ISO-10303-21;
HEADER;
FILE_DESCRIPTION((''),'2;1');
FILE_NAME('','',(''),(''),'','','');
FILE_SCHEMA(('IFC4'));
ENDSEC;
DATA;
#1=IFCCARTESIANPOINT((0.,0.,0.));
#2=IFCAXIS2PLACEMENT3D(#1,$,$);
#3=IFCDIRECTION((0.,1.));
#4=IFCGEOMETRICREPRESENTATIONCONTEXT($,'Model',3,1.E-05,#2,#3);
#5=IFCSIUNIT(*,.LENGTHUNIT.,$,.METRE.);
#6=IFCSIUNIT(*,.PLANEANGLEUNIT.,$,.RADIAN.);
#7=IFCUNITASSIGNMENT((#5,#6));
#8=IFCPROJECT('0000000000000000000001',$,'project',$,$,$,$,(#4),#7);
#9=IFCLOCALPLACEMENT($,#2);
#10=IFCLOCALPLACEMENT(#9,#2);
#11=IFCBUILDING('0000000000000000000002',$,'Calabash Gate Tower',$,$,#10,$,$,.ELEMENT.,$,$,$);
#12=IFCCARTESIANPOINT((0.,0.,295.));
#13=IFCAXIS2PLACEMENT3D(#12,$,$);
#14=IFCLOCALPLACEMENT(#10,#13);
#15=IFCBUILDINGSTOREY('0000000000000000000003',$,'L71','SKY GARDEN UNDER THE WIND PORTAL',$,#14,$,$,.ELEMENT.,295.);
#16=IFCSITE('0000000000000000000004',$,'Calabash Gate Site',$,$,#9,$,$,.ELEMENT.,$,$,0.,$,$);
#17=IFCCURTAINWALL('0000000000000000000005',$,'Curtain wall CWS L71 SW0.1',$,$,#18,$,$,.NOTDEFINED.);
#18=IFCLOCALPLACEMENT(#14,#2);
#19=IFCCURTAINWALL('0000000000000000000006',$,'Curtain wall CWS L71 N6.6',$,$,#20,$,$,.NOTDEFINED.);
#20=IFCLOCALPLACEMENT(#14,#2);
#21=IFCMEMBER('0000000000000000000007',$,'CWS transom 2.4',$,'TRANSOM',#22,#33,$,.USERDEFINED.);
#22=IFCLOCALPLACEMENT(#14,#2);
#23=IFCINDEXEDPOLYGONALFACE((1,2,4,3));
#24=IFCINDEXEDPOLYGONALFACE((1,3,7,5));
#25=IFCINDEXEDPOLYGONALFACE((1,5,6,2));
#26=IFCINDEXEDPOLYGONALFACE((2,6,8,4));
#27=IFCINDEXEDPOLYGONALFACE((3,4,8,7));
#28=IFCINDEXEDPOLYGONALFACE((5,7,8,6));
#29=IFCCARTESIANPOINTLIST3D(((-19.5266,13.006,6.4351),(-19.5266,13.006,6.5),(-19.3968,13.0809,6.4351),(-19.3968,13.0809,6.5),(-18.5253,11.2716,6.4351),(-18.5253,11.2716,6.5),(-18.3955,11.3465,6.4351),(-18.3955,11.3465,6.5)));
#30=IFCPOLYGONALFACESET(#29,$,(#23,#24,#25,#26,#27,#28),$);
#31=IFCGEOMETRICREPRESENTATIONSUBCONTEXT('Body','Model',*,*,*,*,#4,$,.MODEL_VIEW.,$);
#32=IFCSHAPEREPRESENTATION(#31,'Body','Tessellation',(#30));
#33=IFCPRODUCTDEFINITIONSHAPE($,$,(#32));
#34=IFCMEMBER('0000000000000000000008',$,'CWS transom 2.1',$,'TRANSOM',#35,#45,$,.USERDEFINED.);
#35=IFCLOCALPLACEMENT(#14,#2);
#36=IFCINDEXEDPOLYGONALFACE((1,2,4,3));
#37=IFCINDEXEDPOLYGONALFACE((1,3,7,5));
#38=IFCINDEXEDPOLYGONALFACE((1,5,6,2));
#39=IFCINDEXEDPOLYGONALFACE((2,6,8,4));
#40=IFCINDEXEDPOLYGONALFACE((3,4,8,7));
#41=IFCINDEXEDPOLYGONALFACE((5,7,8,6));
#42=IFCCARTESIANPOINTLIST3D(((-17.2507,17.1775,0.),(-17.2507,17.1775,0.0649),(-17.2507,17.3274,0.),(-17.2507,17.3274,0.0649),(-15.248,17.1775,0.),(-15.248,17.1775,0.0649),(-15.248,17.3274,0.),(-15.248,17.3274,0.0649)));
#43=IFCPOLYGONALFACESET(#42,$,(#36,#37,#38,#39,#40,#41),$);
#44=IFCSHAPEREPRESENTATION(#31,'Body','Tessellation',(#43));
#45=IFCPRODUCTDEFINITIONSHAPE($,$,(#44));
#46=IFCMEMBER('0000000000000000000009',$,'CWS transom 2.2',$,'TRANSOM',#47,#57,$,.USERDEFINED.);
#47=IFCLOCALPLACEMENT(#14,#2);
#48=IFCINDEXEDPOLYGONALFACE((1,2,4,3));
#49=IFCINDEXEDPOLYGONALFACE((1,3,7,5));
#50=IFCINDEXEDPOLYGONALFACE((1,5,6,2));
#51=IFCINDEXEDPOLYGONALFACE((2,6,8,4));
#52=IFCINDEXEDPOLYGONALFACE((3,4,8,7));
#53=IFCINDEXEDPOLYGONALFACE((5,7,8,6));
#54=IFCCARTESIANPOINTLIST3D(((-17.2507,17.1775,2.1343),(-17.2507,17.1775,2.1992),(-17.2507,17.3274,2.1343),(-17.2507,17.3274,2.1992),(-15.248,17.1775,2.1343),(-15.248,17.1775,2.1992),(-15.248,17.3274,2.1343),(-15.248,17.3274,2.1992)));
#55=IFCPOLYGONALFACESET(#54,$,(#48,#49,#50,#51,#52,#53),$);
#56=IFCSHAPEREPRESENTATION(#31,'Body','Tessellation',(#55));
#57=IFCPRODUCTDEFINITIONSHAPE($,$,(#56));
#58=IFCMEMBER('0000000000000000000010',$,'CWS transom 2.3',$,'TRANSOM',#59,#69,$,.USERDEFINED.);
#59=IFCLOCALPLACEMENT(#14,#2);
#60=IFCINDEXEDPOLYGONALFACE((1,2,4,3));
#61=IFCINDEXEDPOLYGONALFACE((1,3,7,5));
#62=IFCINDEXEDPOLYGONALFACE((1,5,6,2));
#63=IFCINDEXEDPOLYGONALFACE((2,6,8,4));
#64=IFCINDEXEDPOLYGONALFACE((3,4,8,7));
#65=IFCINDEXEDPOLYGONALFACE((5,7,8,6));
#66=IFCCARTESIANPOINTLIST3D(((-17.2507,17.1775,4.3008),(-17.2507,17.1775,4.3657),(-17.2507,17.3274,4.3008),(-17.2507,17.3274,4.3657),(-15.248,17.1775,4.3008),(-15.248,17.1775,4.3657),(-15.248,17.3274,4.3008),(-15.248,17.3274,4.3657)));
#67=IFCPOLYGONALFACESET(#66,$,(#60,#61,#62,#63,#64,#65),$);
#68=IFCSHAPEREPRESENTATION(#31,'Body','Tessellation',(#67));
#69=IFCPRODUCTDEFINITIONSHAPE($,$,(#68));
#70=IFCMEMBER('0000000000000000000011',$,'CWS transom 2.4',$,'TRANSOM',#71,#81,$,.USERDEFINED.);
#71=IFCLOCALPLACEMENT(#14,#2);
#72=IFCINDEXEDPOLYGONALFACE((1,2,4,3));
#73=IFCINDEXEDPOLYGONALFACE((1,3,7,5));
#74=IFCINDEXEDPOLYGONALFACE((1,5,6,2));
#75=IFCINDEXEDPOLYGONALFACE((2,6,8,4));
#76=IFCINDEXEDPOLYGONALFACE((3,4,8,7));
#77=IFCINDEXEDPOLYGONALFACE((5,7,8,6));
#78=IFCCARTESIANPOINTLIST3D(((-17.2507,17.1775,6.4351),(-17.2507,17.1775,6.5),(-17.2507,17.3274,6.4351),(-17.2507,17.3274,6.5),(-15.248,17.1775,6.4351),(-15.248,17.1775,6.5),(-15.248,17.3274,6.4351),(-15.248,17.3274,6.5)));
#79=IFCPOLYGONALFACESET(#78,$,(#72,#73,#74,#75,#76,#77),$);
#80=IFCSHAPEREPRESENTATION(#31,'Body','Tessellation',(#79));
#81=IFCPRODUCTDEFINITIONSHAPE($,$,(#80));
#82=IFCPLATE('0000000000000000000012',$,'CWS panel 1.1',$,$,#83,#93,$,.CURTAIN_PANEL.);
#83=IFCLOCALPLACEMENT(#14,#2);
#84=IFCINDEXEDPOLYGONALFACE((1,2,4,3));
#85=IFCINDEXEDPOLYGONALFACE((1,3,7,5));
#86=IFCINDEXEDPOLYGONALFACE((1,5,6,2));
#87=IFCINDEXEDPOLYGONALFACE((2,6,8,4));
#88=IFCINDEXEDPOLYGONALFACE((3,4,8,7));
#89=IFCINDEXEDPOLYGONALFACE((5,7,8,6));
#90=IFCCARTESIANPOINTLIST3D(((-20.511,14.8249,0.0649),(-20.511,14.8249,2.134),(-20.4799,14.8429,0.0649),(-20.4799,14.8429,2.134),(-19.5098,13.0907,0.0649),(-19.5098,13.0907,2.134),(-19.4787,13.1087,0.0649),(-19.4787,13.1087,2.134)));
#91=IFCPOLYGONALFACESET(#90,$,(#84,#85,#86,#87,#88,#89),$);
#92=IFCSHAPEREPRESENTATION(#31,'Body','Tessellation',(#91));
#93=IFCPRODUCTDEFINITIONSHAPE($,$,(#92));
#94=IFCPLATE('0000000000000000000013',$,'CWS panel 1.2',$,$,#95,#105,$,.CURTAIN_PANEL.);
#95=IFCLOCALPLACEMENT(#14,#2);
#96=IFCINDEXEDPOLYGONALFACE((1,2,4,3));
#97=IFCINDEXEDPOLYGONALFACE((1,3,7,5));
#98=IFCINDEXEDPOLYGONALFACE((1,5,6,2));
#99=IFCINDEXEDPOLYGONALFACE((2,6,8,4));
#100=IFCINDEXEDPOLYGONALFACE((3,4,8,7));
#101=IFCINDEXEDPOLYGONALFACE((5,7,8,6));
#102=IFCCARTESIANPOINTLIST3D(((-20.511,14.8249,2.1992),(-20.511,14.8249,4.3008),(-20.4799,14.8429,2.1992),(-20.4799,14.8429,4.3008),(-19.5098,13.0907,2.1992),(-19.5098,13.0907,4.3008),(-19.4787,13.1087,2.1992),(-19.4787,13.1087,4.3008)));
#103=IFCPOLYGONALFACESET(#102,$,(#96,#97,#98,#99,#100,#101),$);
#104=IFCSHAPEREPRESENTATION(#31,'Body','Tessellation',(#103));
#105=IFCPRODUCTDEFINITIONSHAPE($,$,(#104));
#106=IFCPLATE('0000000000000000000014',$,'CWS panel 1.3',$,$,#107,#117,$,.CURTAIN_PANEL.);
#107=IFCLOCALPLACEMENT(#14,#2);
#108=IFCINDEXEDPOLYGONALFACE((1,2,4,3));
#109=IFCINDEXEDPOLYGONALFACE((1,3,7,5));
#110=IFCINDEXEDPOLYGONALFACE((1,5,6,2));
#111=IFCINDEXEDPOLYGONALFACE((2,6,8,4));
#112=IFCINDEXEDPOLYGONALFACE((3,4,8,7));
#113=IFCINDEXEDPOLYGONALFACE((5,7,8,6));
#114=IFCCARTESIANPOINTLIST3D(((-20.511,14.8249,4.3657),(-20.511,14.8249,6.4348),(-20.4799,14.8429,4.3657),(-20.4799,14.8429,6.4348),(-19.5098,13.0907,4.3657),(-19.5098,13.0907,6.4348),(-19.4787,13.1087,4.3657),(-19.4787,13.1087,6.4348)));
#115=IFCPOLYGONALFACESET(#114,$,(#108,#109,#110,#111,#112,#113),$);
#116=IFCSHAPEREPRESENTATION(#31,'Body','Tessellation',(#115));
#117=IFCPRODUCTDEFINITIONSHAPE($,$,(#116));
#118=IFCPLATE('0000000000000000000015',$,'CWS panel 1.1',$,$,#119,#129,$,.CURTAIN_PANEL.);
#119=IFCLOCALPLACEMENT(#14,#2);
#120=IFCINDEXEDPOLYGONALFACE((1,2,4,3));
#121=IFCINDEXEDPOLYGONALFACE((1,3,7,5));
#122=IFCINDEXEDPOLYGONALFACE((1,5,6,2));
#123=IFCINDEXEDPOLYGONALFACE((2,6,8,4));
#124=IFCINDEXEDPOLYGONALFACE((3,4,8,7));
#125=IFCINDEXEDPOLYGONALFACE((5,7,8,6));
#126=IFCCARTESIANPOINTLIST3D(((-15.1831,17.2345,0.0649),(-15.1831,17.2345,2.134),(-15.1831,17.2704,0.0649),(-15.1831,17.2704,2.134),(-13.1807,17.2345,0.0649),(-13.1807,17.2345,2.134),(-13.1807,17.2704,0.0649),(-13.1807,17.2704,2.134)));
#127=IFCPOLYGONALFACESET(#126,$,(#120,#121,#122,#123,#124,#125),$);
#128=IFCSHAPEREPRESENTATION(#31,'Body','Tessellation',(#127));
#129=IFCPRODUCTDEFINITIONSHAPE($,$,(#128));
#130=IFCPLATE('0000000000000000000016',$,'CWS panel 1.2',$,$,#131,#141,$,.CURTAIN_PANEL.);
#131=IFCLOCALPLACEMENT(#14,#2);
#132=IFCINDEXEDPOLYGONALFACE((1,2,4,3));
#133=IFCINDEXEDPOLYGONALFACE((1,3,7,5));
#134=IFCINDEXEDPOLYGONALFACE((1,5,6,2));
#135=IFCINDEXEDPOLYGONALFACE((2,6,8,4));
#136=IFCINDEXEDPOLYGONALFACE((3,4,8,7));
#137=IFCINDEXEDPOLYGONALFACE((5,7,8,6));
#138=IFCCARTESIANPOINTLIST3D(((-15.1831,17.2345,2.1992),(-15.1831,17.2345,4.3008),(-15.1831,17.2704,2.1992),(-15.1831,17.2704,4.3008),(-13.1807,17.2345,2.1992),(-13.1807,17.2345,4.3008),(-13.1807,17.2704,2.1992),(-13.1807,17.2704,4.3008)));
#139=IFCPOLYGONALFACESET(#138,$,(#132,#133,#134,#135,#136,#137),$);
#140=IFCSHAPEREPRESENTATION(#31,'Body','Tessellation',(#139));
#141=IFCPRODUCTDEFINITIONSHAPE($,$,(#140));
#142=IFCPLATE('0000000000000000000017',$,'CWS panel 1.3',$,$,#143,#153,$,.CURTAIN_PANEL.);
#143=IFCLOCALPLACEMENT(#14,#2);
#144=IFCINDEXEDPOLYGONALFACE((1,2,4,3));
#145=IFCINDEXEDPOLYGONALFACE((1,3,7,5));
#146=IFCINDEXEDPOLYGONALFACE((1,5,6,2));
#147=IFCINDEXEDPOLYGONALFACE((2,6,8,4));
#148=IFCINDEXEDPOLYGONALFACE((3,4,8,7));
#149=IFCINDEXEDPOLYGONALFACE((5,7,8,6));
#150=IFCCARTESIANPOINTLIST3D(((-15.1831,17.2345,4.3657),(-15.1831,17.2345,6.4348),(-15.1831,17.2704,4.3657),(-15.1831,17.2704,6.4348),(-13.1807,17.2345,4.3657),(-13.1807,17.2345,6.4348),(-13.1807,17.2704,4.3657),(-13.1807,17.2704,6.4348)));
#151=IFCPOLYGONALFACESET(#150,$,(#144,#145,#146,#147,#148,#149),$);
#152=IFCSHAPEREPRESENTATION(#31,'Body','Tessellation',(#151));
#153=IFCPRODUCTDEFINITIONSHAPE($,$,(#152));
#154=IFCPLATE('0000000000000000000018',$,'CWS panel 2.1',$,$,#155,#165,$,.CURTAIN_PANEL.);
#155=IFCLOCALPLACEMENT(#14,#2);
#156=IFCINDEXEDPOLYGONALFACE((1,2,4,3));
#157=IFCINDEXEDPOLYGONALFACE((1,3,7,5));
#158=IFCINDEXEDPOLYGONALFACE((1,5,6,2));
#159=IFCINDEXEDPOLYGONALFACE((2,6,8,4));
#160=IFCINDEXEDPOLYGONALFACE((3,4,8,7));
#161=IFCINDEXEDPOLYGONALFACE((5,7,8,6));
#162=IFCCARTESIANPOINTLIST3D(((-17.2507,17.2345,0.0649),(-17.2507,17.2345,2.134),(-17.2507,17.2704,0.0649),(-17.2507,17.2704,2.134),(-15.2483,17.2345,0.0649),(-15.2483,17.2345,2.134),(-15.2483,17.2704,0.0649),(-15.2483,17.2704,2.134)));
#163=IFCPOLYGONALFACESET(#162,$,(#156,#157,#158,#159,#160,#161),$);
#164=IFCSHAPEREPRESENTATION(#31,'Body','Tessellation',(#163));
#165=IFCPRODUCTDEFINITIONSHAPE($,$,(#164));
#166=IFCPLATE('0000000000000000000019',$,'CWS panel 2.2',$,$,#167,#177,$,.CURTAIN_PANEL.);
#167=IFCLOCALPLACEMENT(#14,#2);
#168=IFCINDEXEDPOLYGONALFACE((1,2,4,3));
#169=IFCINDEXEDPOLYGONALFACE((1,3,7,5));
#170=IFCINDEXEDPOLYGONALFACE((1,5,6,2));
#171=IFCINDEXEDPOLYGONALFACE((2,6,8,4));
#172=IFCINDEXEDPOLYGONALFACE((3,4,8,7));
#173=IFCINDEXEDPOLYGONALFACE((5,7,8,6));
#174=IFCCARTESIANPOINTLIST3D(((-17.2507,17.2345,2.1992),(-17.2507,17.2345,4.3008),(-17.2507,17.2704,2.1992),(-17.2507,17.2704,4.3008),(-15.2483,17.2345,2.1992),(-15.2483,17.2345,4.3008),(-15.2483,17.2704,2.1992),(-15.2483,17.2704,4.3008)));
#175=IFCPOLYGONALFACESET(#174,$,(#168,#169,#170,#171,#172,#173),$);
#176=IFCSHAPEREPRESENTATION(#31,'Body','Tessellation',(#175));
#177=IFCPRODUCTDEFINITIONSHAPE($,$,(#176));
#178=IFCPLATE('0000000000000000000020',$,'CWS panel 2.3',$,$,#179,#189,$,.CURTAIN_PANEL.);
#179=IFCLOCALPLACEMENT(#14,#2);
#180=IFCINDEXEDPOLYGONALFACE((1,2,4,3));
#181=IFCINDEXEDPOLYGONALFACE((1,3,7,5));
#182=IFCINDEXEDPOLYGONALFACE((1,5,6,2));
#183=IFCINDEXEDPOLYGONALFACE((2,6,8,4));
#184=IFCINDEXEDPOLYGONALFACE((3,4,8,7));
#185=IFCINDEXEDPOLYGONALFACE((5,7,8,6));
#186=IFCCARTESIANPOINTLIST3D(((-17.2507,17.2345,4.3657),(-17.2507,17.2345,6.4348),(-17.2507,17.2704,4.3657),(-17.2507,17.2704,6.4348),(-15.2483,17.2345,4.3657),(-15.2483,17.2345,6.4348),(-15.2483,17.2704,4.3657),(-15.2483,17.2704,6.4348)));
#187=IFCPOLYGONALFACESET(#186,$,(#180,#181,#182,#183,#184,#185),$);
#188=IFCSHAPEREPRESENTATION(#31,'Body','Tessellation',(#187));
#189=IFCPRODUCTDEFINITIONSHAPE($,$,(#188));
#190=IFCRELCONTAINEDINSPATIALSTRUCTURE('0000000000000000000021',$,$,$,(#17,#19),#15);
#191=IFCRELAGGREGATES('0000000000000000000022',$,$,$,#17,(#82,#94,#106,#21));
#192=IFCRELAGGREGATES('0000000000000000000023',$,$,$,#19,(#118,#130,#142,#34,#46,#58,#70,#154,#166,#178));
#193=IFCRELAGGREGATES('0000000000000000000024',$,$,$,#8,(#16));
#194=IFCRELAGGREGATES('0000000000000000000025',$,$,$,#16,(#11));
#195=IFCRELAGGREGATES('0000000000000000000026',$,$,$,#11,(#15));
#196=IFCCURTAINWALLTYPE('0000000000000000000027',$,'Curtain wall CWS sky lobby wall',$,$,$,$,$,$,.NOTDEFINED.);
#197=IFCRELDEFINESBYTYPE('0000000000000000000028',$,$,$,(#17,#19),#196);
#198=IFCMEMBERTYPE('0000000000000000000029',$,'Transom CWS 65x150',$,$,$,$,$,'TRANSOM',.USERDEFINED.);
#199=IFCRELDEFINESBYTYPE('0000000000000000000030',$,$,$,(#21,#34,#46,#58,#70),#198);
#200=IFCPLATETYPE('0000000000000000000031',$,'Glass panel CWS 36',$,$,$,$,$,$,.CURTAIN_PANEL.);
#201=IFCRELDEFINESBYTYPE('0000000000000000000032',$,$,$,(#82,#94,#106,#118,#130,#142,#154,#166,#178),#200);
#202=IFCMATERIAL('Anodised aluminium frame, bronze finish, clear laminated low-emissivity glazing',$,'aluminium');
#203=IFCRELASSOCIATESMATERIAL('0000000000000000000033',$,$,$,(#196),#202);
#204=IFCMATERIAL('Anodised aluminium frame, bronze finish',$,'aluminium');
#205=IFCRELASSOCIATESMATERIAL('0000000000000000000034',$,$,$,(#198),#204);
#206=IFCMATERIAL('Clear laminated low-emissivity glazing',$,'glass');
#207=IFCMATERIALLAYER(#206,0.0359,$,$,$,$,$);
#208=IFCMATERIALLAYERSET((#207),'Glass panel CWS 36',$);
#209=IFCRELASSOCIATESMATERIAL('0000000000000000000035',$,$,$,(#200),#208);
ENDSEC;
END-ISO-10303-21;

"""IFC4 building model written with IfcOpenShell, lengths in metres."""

from ifc_helpers import new_model, si_unit, direction, frame, origin, origin_2d, place, context, subcontext, project, spatial, rectangle, extrude, material, layer, layer_set, material_profile, profile_set, type_object, element, aggregate, save


model = new_model("IFC4")

# Units and contexts
model_context = context("Model", 3, precision=1e-05, world=origin(), true_north=direction((0.0, 1.0)))
body_context = subcontext(model_context, "Body", "Model", "MODEL_VIEW")
ifc_project = project(units=[si_unit("LENGTHUNIT", "METRE"), si_unit("PLANEANGLEUNIT", "RADIAN")], contexts=[model_context])

# Site, building, storey
site_placement = place(None, origin())
site = spatial("IfcSite", under=ifc_project, at=site_placement, Name="Calabash Gate Site", CompositionType="ELEMENT", RefElevation=0.0)
building_placement = place(site_placement, origin())
building = spatial("IfcBuilding", under=site, at=building_placement, Name="Calabash Gate Tower", CompositionType="ELEMENT")
storey_placement = place(building_placement, frame((0.0, 0.0, 295.0)))
storey = spatial("IfcBuildingStorey", under=building, at=storey_placement, Name="L71", Description="SKY GARDEN UNDER THE WIND PORTAL", CompositionType="ELEMENT", Elevation=295.0)

# Curtain walls
ifc_material_1 = material(Name="Anodised aluminium frame, bronze finish, clear laminated low-emissivity glazing", Category="aluminium")
curtain_wall_type = type_object("IfcCurtainWallType", Name="Curtain wall CWS sky lobby wall", PredefinedType="NOTDEFINED", material=ifc_material_1)
curtain_wall_1_placement = place(storey_placement, origin())
curtain_wall_1 = element("IfcCurtainWall", 1, at=curtain_wall_1_placement, inside=storey, type_object=curtain_wall_type, Name="Curtain wall CWS L71 SW0.1", PredefinedType="NOTDEFINED")
curtain_wall_2_placement = place(storey_placement, origin())
curtain_wall_2 = element("IfcCurtainWall", 2, at=curtain_wall_2_placement, inside=storey, type_object=curtain_wall_type, Name="Curtain wall CWS L71 N6.6", PredefinedType="NOTDEFINED")

# Members
ifc_material_2 = material(Name="Anodised aluminium frame, bronze finish", Category="aluminium")
ifc_material_profile_1 = material_profile(ifc_material_2, rectangle(XDim=0.1499, YDim=0.0649, at=origin_2d()))
ifc_profile_set_1 = profile_set([ifc_material_profile_1], Name="Anodised aluminium frame, bronze finish")
member_type_1 = type_object("IfcMemberType", Name="Transom CWS 65x150", ElementType="TRANSOM", PredefinedType="USERDEFINED", material=ifc_profile_set_1)
member_1_placement = place(storey_placement, frame((-19.4617, 13.0435, 6.4675), z_axis=(0.499955, -0.866052, 0.0), x_axis=(0.866052, 0.499955, 0.0)))
member_1 = element("IfcMember", 3, at=member_1_placement, type_object=member_type_1, Name="CWS transom 2.4", ObjectType="TRANSOM", PredefinedType="USERDEFINED", context=body_context, shape_type="SweptSolid", body=[
    extrude(rectangle(XDim=0.1499, YDim=0.0649, at=origin_2d()), origin(), (0.0, 0.0, 1.0), 2.0027),
])
member_2_placement = place(storey_placement, frame((-15.248, 17.2524, 0.0325), z_axis=(-1.0, 0.0, 0.0), x_axis=(0.0, -1.0, 0.0)))
member_2 = element("IfcMember", 4, at=member_2_placement, type_object=member_type_1, Name="CWS transom 2.1", ObjectType="TRANSOM", PredefinedType="USERDEFINED", context=body_context, shape_type="SweptSolid", body=[
    extrude(rectangle(XDim=0.1499, YDim=0.0649, at=origin_2d()), origin(), (0.0, 0.0, 1.0), 2.0027),
])
member_3_placement = place(storey_placement, frame((-15.248, 17.2524, 2.1667), z_axis=(-1.0, 0.0, 0.0), x_axis=(0.0, -1.0, 0.0)))
member_3 = element("IfcMember", 5, at=member_3_placement, type_object=member_type_1, Name="CWS transom 2.2", ObjectType="TRANSOM", PredefinedType="USERDEFINED", context=body_context, shape_type="SweptSolid", body=[
    extrude(rectangle(XDim=0.1499, YDim=0.0649, at=origin_2d()), origin(), (0.0, 0.0, 1.0), 2.0027),
])
member_4_placement = place(storey_placement, frame((-15.248, 17.2524, 4.3333), z_axis=(-1.0, 0.0, 0.0), x_axis=(0.0, -1.0, 0.0)))
member_4 = element("IfcMember", 6, at=member_4_placement, type_object=member_type_1, Name="CWS transom 2.3", ObjectType="TRANSOM", PredefinedType="USERDEFINED", context=body_context, shape_type="SweptSolid", body=[
    extrude(rectangle(XDim=0.1499, YDim=0.0649, at=origin_2d()), origin(), (0.0, 0.0, 1.0), 2.0027),
])
member_5_placement = place(storey_placement, frame((-15.248, 17.2524, 6.4675), z_axis=(-1.0, 0.0, 0.0), x_axis=(0.0, -1.0, 0.0)))
member_5 = element("IfcMember", 7, at=member_5_placement, type_object=member_type_1, Name="CWS transom 2.4", ObjectType="TRANSOM", PredefinedType="USERDEFINED", context=body_context, shape_type="SweptSolid", body=[
    extrude(rectangle(XDim=0.1499, YDim=0.0649, at=origin_2d()), origin(), (0.0, 0.0, 1.0), 2.0027),
])

# Plates
ifc_material_3 = material(Name="Clear laminated low-emissivity glazing", Category="glass")
ifc_layer_1 = layer(ifc_material_3, 0.0359)
ifc_layer_set_1 = layer_set([ifc_layer_1], Name="Glass panel CWS 36")
plate_type = type_object("IfcPlateType", Name="Glass panel CWS 36", PredefinedType="CURTAIN_PANEL", material=ifc_layer_set_1)
plate_1_placement = place(storey_placement, frame((-19.9949, 13.9668, 0.0649), z_axis=(0.0, 0.0, 1.0), x_axis=(0.5, -0.866025, 0.0)))
plate_1 = element("IfcPlate", 8, at=plate_1_placement, type_object=plate_type, Name="CWS panel 1.1", PredefinedType="CURTAIN_PANEL", context=body_context, shape_type="SweptSolid", body=[
    extrude(rectangle(XDim=2.0024, YDim=0.0359, at=origin_2d()), origin(), (0.0, 0.0, 1.0), 2.0691),
])
plate_2_placement = place(storey_placement, frame((-19.9949, 13.9668, 2.1992), z_axis=(0.0, 0.0, 1.0), x_axis=(0.5, -0.866025, 0.0)))
plate_2 = element("IfcPlate", 9, at=plate_2_placement, type_object=plate_type, Name="CWS panel 1.2", PredefinedType="CURTAIN_PANEL", context=body_context, shape_type="SweptSolid", body=[
    extrude(rectangle(XDim=2.0024, YDim=0.0359, at=origin_2d()), origin(), (0.0, 0.0, 1.0), 2.1016),
])
plate_3_placement = place(storey_placement, frame((-19.9949, 13.9668, 4.3657), z_axis=(0.0, 0.0, 1.0), x_axis=(0.5, -0.866025, 0.0)))
plate_3 = element("IfcPlate", 10, at=plate_3_placement, type_object=plate_type, Name="CWS panel 1.3", PredefinedType="CURTAIN_PANEL", context=body_context, shape_type="SweptSolid", body=[
    extrude(rectangle(XDim=2.0024, YDim=0.0359, at=origin_2d()), origin(), (0.0, 0.0, 1.0), 2.0691),
])
aggregate(curtain_wall_1, [plate_1, plate_2, plate_3, member_1])
plate_4_placement = place(storey_placement, frame((-14.1819, 17.2524, 0.0649), z_axis=(0.0, 0.0, 1.0), x_axis=(-1.0, 0.0, 0.0)))
plate_4 = element("IfcPlate", 11, at=plate_4_placement, type_object=plate_type, Name="CWS panel 1.1", PredefinedType="CURTAIN_PANEL", context=body_context, shape_type="SweptSolid", body=[
    extrude(rectangle(XDim=2.0024, YDim=0.0359, at=origin_2d()), origin(), (0.0, 0.0, 1.0), 2.0691),
])
plate_5_placement = place(storey_placement, frame((-14.1819, 17.2524, 2.1992), z_axis=(0.0, 0.0, 1.0), x_axis=(-1.0, 0.0, 0.0)))
plate_5 = element("IfcPlate", 12, at=plate_5_placement, type_object=plate_type, Name="CWS panel 1.2", PredefinedType="CURTAIN_PANEL", context=body_context, shape_type="SweptSolid", body=[
    extrude(rectangle(XDim=2.0024, YDim=0.0359, at=origin_2d()), origin(), (0.0, 0.0, 1.0), 2.1016),
])
plate_6_placement = place(storey_placement, frame((-14.1819, 17.2524, 4.3657), z_axis=(0.0, 0.0, 1.0), x_axis=(-1.0, 0.0, 0.0)))
plate_6 = element("IfcPlate", 13, at=plate_6_placement, type_object=plate_type, Name="CWS panel 1.3", PredefinedType="CURTAIN_PANEL", context=body_context, shape_type="SweptSolid", body=[
    extrude(rectangle(XDim=2.0024, YDim=0.0359, at=origin_2d()), origin(), (0.0, 0.0, 1.0), 2.0691),
])
plate_7_placement = place(storey_placement, frame((-16.2495, 17.2524, 0.0649), z_axis=(0.0, 0.0, 1.0), x_axis=(-1.0, 0.0, 0.0)))
plate_7 = element("IfcPlate", 14, at=plate_7_placement, type_object=plate_type, Name="CWS panel 2.1", PredefinedType="CURTAIN_PANEL", context=body_context, shape_type="SweptSolid", body=[
    extrude(rectangle(XDim=2.0024, YDim=0.0359, at=origin_2d()), origin(), (0.0, 0.0, 1.0), 2.0691),
])
plate_8_placement = place(storey_placement, frame((-16.2495, 17.2524, 2.1992), z_axis=(0.0, 0.0, 1.0), x_axis=(-1.0, 0.0, 0.0)))
plate_8 = element("IfcPlate", 15, at=plate_8_placement, type_object=plate_type, Name="CWS panel 2.2", PredefinedType="CURTAIN_PANEL", context=body_context, shape_type="SweptSolid", body=[
    extrude(rectangle(XDim=2.0024, YDim=0.0359, at=origin_2d()), origin(), (0.0, 0.0, 1.0), 2.1016),
])
plate_9_placement = place(storey_placement, frame((-16.2495, 17.2524, 4.3657), z_axis=(0.0, 0.0, 1.0), x_axis=(-1.0, 0.0, 0.0)))
plate_9 = element("IfcPlate", 16, at=plate_9_placement, type_object=plate_type, Name="CWS panel 2.3", PredefinedType="CURTAIN_PANEL", context=body_context, shape_type="SweptSolid", body=[
    extrude(rectangle(XDim=2.0024, YDim=0.0359, at=origin_2d()), origin(), (0.0, 0.0, 1.0), 2.0691),
])
aggregate(curtain_wall_2, [plate_4, plate_5, plate_6, member_2, member_3, member_4, member_5, plate_7, plate_8, plate_9])

save(model, "model.ifc")
